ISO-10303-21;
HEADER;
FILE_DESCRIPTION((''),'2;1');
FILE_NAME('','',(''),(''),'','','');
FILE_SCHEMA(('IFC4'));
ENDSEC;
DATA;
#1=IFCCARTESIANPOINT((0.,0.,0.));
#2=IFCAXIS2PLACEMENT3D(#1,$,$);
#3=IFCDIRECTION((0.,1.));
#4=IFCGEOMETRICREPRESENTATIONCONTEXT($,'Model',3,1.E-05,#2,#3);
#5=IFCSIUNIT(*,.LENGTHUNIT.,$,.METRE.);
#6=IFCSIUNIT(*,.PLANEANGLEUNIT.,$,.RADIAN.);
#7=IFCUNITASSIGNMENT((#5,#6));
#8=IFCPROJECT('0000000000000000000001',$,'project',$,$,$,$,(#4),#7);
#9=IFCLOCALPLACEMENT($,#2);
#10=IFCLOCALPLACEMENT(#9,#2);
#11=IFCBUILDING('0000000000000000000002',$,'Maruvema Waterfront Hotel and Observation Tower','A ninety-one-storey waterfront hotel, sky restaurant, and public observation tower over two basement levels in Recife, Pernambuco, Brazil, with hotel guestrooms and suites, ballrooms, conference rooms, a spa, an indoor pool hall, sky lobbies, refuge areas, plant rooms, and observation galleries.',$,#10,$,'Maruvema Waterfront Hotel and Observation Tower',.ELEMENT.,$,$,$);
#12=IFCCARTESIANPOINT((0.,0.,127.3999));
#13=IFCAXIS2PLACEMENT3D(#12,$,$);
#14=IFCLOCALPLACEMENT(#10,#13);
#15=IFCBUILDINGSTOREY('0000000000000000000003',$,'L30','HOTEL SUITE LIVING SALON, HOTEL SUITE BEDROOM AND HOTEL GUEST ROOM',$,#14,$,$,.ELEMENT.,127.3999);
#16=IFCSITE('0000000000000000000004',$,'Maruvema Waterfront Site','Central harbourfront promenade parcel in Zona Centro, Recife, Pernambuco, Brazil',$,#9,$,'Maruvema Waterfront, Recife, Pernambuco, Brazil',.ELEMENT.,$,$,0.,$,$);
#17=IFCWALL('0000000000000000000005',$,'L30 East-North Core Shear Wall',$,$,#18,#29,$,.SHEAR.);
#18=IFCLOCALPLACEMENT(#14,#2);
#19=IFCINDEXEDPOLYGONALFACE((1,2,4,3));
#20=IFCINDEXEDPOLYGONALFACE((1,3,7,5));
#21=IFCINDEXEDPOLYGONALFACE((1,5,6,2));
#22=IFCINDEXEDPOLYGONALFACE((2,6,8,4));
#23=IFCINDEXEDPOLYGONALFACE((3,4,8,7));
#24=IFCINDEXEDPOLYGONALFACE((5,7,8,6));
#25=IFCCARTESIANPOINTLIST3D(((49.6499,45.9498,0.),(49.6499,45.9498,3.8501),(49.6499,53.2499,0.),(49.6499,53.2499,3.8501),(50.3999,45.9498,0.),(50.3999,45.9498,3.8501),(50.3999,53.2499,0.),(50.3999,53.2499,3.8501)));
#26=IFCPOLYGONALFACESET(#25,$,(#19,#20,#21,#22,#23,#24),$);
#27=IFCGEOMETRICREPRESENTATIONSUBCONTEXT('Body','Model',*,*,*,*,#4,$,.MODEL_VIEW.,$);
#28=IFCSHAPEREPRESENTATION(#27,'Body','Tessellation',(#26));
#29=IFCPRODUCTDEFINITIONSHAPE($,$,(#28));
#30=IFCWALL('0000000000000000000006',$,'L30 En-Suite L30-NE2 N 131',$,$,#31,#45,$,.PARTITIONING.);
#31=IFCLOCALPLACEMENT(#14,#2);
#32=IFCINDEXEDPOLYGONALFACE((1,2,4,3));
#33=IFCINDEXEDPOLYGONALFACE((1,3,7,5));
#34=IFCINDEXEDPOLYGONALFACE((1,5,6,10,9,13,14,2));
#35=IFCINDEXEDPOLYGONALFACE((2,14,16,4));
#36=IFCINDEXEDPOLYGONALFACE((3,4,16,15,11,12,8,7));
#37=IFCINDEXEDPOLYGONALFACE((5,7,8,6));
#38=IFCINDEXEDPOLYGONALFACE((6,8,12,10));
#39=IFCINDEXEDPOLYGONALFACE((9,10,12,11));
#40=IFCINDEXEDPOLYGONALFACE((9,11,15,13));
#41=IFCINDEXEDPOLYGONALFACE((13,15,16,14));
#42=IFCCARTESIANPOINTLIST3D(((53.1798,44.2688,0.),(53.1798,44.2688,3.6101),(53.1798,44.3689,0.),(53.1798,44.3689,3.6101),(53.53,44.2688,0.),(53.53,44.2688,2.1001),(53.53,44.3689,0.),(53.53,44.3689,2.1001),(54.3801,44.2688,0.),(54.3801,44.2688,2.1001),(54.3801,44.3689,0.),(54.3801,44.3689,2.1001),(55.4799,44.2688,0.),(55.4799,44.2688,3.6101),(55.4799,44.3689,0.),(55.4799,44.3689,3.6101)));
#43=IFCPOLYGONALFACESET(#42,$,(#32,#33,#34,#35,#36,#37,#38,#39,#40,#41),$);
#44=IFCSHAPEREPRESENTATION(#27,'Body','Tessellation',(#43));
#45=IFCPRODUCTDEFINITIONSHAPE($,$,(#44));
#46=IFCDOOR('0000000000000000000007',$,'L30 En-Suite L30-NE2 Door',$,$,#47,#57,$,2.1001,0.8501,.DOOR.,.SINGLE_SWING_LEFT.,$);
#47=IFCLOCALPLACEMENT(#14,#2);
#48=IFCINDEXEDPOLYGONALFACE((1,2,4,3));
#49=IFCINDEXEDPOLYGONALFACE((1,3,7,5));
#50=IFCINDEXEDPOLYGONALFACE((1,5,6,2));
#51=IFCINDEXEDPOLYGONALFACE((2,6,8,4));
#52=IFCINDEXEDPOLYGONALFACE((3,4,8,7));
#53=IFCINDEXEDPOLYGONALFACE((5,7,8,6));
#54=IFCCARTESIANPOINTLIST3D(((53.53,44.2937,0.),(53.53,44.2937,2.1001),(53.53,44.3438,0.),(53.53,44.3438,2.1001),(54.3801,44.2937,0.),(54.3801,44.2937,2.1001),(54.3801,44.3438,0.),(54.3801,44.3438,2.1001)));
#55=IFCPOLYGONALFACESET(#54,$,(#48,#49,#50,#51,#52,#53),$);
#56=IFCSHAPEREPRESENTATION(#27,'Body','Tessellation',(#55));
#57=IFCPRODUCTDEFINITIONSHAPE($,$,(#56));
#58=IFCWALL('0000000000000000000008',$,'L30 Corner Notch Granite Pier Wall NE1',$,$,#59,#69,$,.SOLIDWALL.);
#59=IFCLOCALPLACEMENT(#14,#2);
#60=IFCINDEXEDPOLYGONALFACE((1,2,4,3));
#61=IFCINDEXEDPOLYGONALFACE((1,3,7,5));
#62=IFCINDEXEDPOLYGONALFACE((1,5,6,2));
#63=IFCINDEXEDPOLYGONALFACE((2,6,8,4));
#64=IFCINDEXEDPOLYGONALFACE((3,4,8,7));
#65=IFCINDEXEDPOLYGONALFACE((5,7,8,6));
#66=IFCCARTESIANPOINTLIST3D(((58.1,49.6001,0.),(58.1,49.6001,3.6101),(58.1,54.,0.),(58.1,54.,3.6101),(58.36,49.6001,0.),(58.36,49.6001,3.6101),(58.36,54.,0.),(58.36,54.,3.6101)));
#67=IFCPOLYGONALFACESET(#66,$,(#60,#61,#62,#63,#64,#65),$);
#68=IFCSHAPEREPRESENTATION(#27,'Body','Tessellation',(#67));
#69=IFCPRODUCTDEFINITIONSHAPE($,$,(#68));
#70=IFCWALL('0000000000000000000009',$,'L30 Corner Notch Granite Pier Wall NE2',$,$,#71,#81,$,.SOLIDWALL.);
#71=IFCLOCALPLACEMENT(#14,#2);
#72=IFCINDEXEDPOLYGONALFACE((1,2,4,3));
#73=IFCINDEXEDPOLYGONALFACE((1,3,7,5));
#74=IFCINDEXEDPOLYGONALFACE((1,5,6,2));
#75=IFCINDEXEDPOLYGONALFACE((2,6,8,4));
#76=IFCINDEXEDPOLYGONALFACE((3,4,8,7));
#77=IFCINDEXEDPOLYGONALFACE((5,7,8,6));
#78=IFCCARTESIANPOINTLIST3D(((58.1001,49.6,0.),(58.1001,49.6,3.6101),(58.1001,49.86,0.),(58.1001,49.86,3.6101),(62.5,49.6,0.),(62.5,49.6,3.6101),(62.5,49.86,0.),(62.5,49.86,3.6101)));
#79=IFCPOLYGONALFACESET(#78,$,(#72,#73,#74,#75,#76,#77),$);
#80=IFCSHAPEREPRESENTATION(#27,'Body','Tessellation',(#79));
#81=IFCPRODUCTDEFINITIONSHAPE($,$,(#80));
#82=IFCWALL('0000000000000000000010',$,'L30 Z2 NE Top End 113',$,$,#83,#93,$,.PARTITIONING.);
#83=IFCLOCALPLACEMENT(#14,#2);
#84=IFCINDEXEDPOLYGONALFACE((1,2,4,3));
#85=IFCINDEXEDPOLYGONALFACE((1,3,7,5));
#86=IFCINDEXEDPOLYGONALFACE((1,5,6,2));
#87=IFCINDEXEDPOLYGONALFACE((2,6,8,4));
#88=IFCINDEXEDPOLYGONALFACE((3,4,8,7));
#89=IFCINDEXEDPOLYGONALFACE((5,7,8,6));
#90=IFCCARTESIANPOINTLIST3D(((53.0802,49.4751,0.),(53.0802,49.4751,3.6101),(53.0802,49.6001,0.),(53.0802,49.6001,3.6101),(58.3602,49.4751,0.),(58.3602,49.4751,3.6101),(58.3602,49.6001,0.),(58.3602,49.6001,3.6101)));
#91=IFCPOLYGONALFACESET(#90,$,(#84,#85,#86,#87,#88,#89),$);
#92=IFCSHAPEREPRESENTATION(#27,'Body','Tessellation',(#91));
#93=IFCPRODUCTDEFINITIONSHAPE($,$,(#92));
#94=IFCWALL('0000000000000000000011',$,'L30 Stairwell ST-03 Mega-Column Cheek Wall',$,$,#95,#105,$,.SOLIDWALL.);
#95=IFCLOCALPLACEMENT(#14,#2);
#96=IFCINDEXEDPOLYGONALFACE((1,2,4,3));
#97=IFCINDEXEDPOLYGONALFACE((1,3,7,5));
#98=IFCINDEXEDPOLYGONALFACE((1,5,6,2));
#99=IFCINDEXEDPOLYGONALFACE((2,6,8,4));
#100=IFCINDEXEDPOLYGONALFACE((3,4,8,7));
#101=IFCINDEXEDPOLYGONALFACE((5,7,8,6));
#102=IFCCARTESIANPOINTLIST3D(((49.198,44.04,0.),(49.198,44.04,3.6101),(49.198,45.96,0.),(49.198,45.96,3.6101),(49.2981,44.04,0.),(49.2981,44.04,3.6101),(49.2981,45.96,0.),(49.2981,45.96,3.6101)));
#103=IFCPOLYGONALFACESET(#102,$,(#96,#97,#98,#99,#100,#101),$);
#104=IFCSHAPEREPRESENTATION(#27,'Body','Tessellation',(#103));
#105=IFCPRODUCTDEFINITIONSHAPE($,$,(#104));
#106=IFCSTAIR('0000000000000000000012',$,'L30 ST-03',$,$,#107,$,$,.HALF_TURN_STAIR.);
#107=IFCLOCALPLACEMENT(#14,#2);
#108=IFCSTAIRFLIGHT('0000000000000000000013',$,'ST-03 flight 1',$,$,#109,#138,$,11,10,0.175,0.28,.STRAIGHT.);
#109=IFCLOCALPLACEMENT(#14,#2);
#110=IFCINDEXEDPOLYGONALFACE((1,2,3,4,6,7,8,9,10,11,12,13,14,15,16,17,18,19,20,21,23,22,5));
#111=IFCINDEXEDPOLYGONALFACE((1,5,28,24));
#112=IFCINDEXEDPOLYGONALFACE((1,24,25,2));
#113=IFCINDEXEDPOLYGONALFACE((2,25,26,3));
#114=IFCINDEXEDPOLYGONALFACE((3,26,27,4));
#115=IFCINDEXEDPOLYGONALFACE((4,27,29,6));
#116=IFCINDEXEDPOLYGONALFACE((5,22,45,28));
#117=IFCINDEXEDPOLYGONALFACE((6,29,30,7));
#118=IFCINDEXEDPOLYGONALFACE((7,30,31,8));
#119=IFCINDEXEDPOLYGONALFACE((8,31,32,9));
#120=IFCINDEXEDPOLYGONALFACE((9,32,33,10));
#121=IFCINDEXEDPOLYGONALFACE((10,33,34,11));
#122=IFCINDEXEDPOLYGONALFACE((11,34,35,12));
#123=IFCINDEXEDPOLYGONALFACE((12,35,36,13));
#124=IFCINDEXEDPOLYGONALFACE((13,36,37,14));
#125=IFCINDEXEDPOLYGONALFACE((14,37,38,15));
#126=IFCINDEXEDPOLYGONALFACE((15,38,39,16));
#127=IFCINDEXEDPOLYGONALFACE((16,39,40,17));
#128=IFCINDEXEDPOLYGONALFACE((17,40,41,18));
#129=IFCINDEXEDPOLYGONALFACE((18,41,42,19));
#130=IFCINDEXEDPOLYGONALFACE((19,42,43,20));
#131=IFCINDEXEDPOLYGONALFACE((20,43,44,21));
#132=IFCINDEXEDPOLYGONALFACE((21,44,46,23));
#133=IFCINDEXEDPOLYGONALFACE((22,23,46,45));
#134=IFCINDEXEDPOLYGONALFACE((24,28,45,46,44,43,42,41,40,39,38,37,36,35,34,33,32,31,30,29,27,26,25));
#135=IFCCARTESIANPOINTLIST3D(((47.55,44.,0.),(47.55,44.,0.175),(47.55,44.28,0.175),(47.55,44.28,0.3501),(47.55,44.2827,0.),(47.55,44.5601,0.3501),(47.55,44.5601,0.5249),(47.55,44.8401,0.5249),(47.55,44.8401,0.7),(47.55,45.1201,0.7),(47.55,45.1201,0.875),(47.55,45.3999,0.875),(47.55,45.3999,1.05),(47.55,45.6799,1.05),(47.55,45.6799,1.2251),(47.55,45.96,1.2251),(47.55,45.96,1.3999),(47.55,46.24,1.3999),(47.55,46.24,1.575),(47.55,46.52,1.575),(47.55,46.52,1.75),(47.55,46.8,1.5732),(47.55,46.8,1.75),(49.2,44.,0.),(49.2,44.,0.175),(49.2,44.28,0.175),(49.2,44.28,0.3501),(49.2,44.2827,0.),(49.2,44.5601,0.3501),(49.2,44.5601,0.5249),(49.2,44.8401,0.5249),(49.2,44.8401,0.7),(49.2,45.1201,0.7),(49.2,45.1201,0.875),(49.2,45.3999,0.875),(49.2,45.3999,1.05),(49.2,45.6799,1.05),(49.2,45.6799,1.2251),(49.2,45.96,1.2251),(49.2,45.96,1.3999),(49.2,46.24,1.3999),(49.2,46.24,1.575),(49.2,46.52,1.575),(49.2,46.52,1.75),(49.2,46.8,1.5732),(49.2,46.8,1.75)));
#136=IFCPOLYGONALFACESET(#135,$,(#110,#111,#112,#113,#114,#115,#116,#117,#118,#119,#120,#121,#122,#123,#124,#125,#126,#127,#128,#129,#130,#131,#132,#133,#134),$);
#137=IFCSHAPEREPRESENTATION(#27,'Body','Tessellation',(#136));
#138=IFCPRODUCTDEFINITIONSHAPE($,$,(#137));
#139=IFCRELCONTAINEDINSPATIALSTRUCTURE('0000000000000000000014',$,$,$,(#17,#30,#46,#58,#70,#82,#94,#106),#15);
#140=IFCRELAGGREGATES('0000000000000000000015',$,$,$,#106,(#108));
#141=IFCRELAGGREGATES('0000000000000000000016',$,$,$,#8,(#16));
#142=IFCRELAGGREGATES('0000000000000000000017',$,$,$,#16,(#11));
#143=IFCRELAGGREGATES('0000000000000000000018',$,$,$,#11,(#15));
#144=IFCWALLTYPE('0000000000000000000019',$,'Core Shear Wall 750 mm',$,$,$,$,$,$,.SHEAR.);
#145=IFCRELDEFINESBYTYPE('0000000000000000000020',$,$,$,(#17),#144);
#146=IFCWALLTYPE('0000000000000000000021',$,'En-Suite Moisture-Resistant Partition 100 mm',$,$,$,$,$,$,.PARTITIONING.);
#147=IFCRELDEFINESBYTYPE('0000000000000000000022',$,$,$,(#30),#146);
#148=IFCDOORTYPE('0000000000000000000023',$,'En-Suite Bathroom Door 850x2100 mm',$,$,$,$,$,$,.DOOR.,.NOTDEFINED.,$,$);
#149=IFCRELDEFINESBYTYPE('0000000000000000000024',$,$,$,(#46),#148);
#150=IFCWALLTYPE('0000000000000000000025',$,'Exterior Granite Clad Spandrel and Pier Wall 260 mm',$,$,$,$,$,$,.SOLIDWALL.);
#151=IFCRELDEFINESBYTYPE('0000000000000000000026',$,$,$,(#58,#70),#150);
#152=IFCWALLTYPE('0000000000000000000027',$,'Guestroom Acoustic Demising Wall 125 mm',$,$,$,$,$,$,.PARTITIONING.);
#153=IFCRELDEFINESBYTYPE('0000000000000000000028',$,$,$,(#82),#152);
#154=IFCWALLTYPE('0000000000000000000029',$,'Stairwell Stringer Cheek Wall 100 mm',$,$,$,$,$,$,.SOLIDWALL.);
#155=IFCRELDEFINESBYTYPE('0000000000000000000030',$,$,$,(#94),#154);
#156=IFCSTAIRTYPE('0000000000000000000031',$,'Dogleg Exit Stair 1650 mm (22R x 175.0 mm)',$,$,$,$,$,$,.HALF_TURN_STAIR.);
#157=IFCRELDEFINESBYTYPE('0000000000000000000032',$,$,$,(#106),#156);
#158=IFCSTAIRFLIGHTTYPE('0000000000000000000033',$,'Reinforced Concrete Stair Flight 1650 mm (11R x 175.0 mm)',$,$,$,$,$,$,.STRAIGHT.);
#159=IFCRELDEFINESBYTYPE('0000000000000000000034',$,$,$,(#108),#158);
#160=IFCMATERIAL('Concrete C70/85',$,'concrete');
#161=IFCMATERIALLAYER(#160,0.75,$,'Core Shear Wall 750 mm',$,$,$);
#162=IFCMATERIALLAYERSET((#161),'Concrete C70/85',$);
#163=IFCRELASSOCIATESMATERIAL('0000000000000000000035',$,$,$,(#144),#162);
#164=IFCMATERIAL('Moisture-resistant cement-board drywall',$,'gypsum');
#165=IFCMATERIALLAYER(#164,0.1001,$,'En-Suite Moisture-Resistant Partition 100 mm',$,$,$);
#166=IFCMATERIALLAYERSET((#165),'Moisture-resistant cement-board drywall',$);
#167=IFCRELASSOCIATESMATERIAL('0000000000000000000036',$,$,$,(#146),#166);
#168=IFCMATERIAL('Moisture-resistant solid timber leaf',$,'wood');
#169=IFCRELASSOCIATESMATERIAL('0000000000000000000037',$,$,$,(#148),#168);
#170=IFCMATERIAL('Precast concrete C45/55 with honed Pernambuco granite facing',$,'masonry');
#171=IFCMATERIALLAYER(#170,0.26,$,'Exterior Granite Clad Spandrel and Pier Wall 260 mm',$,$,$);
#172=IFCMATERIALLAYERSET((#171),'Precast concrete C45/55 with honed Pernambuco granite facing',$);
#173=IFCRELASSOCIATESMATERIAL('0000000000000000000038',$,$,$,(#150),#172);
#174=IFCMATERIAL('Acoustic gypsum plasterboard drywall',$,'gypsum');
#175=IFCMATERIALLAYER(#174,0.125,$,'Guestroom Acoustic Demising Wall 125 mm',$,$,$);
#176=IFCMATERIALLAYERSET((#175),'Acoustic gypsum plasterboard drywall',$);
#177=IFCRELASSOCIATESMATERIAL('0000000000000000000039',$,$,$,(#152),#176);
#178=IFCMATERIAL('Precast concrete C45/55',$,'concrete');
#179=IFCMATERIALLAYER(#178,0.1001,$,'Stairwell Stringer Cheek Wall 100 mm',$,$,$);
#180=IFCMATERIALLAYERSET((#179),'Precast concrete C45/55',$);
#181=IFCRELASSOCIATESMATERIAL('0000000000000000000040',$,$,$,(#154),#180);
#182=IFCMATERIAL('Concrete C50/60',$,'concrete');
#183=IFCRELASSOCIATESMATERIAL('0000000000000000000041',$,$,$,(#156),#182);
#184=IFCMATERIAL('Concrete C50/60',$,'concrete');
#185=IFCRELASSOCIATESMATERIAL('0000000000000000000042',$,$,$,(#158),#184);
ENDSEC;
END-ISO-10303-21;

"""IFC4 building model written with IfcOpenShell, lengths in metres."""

from ifc_helpers import new_model, si_unit, direction, frame, frame_2d, origin, place, context, subcontext, project, spatial, polyline, rectangle, outline, extrude, material, layer, layer_set, type_object, element, fill, aggregate, save


model = new_model("IFC4")

# Units and contexts
model_context = context("Model", 3, precision=1e-05, world=origin(), true_north=direction((0.0, 1.0)))
body_context = subcontext(model_context, "Body", "Model", "MODEL_VIEW")
ifc_project = project(units=[si_unit("LENGTHUNIT", "METRE"), si_unit("PLANEANGLEUNIT", "RADIAN")], contexts=[model_context])

# Site, building, storey
site_placement = place(None, origin())
site = spatial("IfcSite", under=ifc_project, at=site_placement, Name="Maruvema Waterfront Site", Description="Central harbourfront promenade parcel in Zona Centro, Recife, Pernambuco, Brazil", LongName="Maruvema Waterfront, Recife, Pernambuco, Brazil", CompositionType="ELEMENT", RefElevation=0.0)
building_placement = place(site_placement, origin())
building = spatial("IfcBuilding", under=site, at=building_placement, Name="Maruvema Waterfront Hotel and Observation Tower", Description="A ninety-one-storey waterfront hotel, sky restaurant, and public observation tower over two basement levels in Recife, Pernambuco, Brazil, with hotel guestrooms and suites, ballrooms, conference rooms, a spa, an indoor pool hall, sky lobbies, refuge areas, plant rooms, and observation galleries.", LongName="Maruvema Waterfront Hotel and Observation Tower", CompositionType="ELEMENT")
storey_placement = place(building_placement, frame((0.0, 0.0, 127.3999)))
storey = spatial("IfcBuildingStorey", under=building, at=storey_placement, Name="L30", Description="HOTEL SUITE LIVING SALON, HOTEL SUITE BEDROOM AND HOTEL GUEST ROOM", CompositionType="ELEMENT", Elevation=127.3999)

# Wall
ifc_material_1 = material(Name="Concrete C70/85", Category="concrete")
ifc_layer_1 = layer(ifc_material_1, 0.75, Name="Core Shear Wall 750 mm")
ifc_layer_set_1 = layer_set([ifc_layer_1], Name="Concrete C70/85")
wall_type_1 = type_object("IfcWallType", Name="Core Shear Wall 750 mm", PredefinedType="SHEAR", material=ifc_layer_set_1)
wall_1_placement = place(storey_placement, frame((50.0249, 45.95, 0.0), z_axis=(0.0, 0.0, 1.0), x_axis=(0.0, 1.0, 0.0)))
element("IfcWall", 1, at=wall_1_placement, inside=storey, type_object=wall_type_1, Name="L30 East-North Core Shear Wall", PredefinedType="SHEAR", context=body_context, shape_type="SweptSolid", body=[
    extrude(rectangle(XDim=7.3, YDim=0.75, at=frame_2d((3.6499, 0.0))), origin(), (0.0, 0.0, 1.0), 3.8501),
])

# Wall, opening, door
ifc_material_2 = material(Name="Moisture-resistant cement-board drywall", Category="gypsum")
ifc_layer_2 = layer(ifc_material_2, 0.1001, Name="En-Suite Moisture-Resistant Partition 100 mm")
ifc_layer_set_2 = layer_set([ifc_layer_2], Name="Moisture-resistant cement-board drywall")
wall_type_2 = type_object("IfcWallType", Name="En-Suite Moisture-Resistant Partition 100 mm", PredefinedType="PARTITIONING", material=ifc_layer_set_2)
wall_2_placement = place(storey_placement, frame((53.1799, 44.3188, 0.0), z_axis=(0.0, 0.0, 1.0), x_axis=(1.0, 0.0, 0.0)))
wall_2 = element("IfcWall", 2, at=wall_2_placement, inside=storey, type_object=wall_type_2, Name="L30 En-Suite L30-NE2 N 131", PredefinedType="PARTITIONING", context=body_context, shape_type="SweptSolid", body=[
    extrude(rectangle(XDim=2.3, YDim=0.1001, at=frame_2d((1.1499, 0.0))), origin(), (0.0, 0.0, 1.0), 3.6101),
])
opening_1_placement = place(wall_2_placement, frame((0.3501, 0.0, 0.0)))
opening_1 = element("IfcOpeningElement", 3, at=opening_1_placement, cuts=wall_2, PredefinedType="OPENING", context=body_context, shape_type="SweptSolid", body=[
    extrude(rectangle(XDim=0.8501, YDim=2.1001, at=frame_2d((0.425, 1.05))), frame((0.0, 0.0601, 0.0), z_axis=(0.0, -1.0, 0.0), x_axis=(1.0, 0.0, 0.0)), (0.0, 0.0, 1.0), 0.1201),
])
ifc_material_3 = material(Name="Moisture-resistant solid timber leaf", Category="wood")
door_type_1 = type_object("IfcDoorType", Name="En-Suite Bathroom Door 850x2100 mm", OperationType="NOTDEFINED", PredefinedType="DOOR", material=ifc_material_3)
door_1_placement = place(opening_1_placement, origin())
door_1 = element("IfcDoor", 4, at=door_1_placement, inside=storey, type_object=door_type_1, Name="L30 En-Suite L30-NE2 Door", OperationType="SINGLE_SWING_LEFT", OverallHeight=2.1001, OverallWidth=0.8501, PredefinedType="DOOR", context=body_context, shape_type="SweptSolid", body=[
    extrude(rectangle(XDim=0.8501, YDim=2.1001, at=frame_2d((0.425, 1.05))), frame((0.0, 0.0249, 0.0), z_axis=(0.0, -1.0, 0.0), x_axis=(1.0, 0.0, 0.0)), (0.0, 0.0, 1.0), 0.05),
])
fill(opening_1, door_1)

# Walls
ifc_material_4 = material(Name="Precast concrete C45/55 with honed Pernambuco granite facing", Category="masonry")
ifc_layer_3 = layer(ifc_material_4, 0.26, Name="Exterior Granite Clad Spandrel and Pier Wall 260 mm")
ifc_layer_set_3 = layer_set([ifc_layer_3], Name="Precast concrete C45/55 with honed Pernambuco granite facing")
wall_type_3 = type_object("IfcWallType", Name="Exterior Granite Clad Spandrel and Pier Wall 260 mm", PredefinedType="SOLIDWALL", material=ifc_layer_set_3)
for number, where, z_axis, x_axis, name in (
    (5, (58.23, 54.0, 0.0), (0.0, 0.0, 1.0), (0.0, -1.0, 0.0), "L30 Corner Notch Granite Pier Wall NE1"),
    (6, (58.1001, 49.73, 0.0), (0.0, 0.0, 1.0), (1.0, 0.0, 0.0), "L30 Corner Notch Granite Pier Wall NE2"),
):
    element("IfcWall", number, at=place(storey_placement, frame(where, z_axis=z_axis, x_axis=x_axis)), inside=storey, type_object=wall_type_3, Name=name, PredefinedType="SOLIDWALL", context=body_context, shape_type="SweptSolid", body=[
        extrude(rectangle(XDim=4.3999, YDim=0.26, at=frame_2d((2.2, 0.0))), origin(), (0.0, 0.0, 1.0), 3.6101),
    ])
ifc_material_5 = material(Name="Acoustic gypsum plasterboard drywall", Category="gypsum")
ifc_layer_4 = layer(ifc_material_5, 0.125, Name="Guestroom Acoustic Demising Wall 125 mm")
ifc_layer_set_4 = layer_set([ifc_layer_4], Name="Acoustic gypsum plasterboard drywall")
wall_type_4 = type_object("IfcWallType", Name="Guestroom Acoustic Demising Wall 125 mm", PredefinedType="PARTITIONING", material=ifc_layer_set_4)
wall_3_placement = place(storey_placement, frame((53.0801, 49.5376, 0.0), z_axis=(0.0, 0.0, 1.0), x_axis=(1.0, 0.0, 0.0)))
element("IfcWall", 7, at=wall_3_placement, inside=storey, type_object=wall_type_4, Name="L30 Z2 NE Top End 113", PredefinedType="PARTITIONING", context=body_context, shape_type="SweptSolid", body=[
    extrude(rectangle(XDim=5.28, YDim=0.125, at=frame_2d((2.6401, 0.0))), origin(), (0.0, 0.0, 1.0), 3.6101),
])
ifc_material_6 = material(Name="Precast concrete C45/55", Category="concrete")
ifc_layer_5 = layer(ifc_material_6, 0.1001, Name="Stairwell Stringer Cheek Wall 100 mm")
ifc_layer_set_5 = layer_set([ifc_layer_5], Name="Precast concrete C45/55")
wall_type_5 = type_object("IfcWallType", Name="Stairwell Stringer Cheek Wall 100 mm", PredefinedType="SOLIDWALL", material=ifc_layer_set_5)
wall_4_placement = place(storey_placement, frame((49.248, 44.04, 0.0), z_axis=(0.0, 0.0, 1.0), x_axis=(0.0, 1.0, 0.0)))
element("IfcWall", 8, at=wall_4_placement, inside=storey, type_object=wall_type_5, Name="L30 Stairwell ST-03 Mega-Column Cheek Wall", PredefinedType="SOLIDWALL", context=body_context, shape_type="SweptSolid", body=[
    extrude(rectangle(XDim=1.9199, YDim=0.1001, at=frame_2d((0.96, 0.0))), origin(), (0.0, 0.0, 1.0), 3.6101),
])

# Stair, stair flight
ifc_material_7 = material(Name="Concrete C50/60", Category="concrete")
stair_type = type_object("IfcStairType", Name="Dogleg Exit Stair 1650 mm (22R x 175.0 mm)", PredefinedType="HALF_TURN_STAIR", material=ifc_material_7)
stair_placement = place(storey_placement, origin())
stair = element("IfcStair", 9, at=stair_placement, inside=storey, type_object=stair_type, Name="L30 ST-03", PredefinedType="HALF_TURN_STAIR")
ifc_material_8 = material(Name="Concrete C50/60", Category="concrete")
stair_flight_type = type_object("IfcStairFlightType", Name="Reinforced Concrete Stair Flight 1650 mm (11R x 175.0 mm)", PredefinedType="STRAIGHT", material=ifc_material_8)
stair_flight_placement = place(storey_placement, frame((48.375, 44.0, 0.0), z_axis=(0.0, 0.0, 1.0), x_axis=(0.0, 1.0, 0.0)))
stair_flight = element("IfcStairFlight", 10, at=stair_flight_placement, type_object=stair_flight_type, Name="ST-03 flight 1", NumberOfRisers=11, NumberOfTreads=10, PredefinedType="STRAIGHT", RiserHeight=0.175, TreadLength=0.28, context=body_context, shape_type="SweptSolid", body=[
    extrude(outline(polyline([(0.0, 0.0), (0.0, 0.175), (0.28, 0.175), (0.28, 0.3501), (0.5601, 0.3501), (0.5601, 0.5249), (0.8401, 0.5249), (0.8401, 0.7), (1.1201, 0.7), (1.1201, 0.875), (1.3999, 0.875), (1.3999, 1.05), (1.6799, 1.05), (1.6799, 1.2251), (1.96, 1.2251), (1.96, 1.3999), (2.24, 1.3999), (2.24, 1.575), (2.52, 1.575), (2.52, 1.75), (2.8, 1.75), (2.8, 1.925), (2.8, 1.5732), (0.2827, 0.0), (0.0, 0.0)])), frame((0.0, 0.825, 0.0), z_axis=(0.0, -1.0, 0.0), x_axis=(1.0, 0.0, 0.0)), (0.0, 0.0, 1.0), 1.6499),
])
aggregate(stair, [stair_flight])

save(model, "model.ifc")
